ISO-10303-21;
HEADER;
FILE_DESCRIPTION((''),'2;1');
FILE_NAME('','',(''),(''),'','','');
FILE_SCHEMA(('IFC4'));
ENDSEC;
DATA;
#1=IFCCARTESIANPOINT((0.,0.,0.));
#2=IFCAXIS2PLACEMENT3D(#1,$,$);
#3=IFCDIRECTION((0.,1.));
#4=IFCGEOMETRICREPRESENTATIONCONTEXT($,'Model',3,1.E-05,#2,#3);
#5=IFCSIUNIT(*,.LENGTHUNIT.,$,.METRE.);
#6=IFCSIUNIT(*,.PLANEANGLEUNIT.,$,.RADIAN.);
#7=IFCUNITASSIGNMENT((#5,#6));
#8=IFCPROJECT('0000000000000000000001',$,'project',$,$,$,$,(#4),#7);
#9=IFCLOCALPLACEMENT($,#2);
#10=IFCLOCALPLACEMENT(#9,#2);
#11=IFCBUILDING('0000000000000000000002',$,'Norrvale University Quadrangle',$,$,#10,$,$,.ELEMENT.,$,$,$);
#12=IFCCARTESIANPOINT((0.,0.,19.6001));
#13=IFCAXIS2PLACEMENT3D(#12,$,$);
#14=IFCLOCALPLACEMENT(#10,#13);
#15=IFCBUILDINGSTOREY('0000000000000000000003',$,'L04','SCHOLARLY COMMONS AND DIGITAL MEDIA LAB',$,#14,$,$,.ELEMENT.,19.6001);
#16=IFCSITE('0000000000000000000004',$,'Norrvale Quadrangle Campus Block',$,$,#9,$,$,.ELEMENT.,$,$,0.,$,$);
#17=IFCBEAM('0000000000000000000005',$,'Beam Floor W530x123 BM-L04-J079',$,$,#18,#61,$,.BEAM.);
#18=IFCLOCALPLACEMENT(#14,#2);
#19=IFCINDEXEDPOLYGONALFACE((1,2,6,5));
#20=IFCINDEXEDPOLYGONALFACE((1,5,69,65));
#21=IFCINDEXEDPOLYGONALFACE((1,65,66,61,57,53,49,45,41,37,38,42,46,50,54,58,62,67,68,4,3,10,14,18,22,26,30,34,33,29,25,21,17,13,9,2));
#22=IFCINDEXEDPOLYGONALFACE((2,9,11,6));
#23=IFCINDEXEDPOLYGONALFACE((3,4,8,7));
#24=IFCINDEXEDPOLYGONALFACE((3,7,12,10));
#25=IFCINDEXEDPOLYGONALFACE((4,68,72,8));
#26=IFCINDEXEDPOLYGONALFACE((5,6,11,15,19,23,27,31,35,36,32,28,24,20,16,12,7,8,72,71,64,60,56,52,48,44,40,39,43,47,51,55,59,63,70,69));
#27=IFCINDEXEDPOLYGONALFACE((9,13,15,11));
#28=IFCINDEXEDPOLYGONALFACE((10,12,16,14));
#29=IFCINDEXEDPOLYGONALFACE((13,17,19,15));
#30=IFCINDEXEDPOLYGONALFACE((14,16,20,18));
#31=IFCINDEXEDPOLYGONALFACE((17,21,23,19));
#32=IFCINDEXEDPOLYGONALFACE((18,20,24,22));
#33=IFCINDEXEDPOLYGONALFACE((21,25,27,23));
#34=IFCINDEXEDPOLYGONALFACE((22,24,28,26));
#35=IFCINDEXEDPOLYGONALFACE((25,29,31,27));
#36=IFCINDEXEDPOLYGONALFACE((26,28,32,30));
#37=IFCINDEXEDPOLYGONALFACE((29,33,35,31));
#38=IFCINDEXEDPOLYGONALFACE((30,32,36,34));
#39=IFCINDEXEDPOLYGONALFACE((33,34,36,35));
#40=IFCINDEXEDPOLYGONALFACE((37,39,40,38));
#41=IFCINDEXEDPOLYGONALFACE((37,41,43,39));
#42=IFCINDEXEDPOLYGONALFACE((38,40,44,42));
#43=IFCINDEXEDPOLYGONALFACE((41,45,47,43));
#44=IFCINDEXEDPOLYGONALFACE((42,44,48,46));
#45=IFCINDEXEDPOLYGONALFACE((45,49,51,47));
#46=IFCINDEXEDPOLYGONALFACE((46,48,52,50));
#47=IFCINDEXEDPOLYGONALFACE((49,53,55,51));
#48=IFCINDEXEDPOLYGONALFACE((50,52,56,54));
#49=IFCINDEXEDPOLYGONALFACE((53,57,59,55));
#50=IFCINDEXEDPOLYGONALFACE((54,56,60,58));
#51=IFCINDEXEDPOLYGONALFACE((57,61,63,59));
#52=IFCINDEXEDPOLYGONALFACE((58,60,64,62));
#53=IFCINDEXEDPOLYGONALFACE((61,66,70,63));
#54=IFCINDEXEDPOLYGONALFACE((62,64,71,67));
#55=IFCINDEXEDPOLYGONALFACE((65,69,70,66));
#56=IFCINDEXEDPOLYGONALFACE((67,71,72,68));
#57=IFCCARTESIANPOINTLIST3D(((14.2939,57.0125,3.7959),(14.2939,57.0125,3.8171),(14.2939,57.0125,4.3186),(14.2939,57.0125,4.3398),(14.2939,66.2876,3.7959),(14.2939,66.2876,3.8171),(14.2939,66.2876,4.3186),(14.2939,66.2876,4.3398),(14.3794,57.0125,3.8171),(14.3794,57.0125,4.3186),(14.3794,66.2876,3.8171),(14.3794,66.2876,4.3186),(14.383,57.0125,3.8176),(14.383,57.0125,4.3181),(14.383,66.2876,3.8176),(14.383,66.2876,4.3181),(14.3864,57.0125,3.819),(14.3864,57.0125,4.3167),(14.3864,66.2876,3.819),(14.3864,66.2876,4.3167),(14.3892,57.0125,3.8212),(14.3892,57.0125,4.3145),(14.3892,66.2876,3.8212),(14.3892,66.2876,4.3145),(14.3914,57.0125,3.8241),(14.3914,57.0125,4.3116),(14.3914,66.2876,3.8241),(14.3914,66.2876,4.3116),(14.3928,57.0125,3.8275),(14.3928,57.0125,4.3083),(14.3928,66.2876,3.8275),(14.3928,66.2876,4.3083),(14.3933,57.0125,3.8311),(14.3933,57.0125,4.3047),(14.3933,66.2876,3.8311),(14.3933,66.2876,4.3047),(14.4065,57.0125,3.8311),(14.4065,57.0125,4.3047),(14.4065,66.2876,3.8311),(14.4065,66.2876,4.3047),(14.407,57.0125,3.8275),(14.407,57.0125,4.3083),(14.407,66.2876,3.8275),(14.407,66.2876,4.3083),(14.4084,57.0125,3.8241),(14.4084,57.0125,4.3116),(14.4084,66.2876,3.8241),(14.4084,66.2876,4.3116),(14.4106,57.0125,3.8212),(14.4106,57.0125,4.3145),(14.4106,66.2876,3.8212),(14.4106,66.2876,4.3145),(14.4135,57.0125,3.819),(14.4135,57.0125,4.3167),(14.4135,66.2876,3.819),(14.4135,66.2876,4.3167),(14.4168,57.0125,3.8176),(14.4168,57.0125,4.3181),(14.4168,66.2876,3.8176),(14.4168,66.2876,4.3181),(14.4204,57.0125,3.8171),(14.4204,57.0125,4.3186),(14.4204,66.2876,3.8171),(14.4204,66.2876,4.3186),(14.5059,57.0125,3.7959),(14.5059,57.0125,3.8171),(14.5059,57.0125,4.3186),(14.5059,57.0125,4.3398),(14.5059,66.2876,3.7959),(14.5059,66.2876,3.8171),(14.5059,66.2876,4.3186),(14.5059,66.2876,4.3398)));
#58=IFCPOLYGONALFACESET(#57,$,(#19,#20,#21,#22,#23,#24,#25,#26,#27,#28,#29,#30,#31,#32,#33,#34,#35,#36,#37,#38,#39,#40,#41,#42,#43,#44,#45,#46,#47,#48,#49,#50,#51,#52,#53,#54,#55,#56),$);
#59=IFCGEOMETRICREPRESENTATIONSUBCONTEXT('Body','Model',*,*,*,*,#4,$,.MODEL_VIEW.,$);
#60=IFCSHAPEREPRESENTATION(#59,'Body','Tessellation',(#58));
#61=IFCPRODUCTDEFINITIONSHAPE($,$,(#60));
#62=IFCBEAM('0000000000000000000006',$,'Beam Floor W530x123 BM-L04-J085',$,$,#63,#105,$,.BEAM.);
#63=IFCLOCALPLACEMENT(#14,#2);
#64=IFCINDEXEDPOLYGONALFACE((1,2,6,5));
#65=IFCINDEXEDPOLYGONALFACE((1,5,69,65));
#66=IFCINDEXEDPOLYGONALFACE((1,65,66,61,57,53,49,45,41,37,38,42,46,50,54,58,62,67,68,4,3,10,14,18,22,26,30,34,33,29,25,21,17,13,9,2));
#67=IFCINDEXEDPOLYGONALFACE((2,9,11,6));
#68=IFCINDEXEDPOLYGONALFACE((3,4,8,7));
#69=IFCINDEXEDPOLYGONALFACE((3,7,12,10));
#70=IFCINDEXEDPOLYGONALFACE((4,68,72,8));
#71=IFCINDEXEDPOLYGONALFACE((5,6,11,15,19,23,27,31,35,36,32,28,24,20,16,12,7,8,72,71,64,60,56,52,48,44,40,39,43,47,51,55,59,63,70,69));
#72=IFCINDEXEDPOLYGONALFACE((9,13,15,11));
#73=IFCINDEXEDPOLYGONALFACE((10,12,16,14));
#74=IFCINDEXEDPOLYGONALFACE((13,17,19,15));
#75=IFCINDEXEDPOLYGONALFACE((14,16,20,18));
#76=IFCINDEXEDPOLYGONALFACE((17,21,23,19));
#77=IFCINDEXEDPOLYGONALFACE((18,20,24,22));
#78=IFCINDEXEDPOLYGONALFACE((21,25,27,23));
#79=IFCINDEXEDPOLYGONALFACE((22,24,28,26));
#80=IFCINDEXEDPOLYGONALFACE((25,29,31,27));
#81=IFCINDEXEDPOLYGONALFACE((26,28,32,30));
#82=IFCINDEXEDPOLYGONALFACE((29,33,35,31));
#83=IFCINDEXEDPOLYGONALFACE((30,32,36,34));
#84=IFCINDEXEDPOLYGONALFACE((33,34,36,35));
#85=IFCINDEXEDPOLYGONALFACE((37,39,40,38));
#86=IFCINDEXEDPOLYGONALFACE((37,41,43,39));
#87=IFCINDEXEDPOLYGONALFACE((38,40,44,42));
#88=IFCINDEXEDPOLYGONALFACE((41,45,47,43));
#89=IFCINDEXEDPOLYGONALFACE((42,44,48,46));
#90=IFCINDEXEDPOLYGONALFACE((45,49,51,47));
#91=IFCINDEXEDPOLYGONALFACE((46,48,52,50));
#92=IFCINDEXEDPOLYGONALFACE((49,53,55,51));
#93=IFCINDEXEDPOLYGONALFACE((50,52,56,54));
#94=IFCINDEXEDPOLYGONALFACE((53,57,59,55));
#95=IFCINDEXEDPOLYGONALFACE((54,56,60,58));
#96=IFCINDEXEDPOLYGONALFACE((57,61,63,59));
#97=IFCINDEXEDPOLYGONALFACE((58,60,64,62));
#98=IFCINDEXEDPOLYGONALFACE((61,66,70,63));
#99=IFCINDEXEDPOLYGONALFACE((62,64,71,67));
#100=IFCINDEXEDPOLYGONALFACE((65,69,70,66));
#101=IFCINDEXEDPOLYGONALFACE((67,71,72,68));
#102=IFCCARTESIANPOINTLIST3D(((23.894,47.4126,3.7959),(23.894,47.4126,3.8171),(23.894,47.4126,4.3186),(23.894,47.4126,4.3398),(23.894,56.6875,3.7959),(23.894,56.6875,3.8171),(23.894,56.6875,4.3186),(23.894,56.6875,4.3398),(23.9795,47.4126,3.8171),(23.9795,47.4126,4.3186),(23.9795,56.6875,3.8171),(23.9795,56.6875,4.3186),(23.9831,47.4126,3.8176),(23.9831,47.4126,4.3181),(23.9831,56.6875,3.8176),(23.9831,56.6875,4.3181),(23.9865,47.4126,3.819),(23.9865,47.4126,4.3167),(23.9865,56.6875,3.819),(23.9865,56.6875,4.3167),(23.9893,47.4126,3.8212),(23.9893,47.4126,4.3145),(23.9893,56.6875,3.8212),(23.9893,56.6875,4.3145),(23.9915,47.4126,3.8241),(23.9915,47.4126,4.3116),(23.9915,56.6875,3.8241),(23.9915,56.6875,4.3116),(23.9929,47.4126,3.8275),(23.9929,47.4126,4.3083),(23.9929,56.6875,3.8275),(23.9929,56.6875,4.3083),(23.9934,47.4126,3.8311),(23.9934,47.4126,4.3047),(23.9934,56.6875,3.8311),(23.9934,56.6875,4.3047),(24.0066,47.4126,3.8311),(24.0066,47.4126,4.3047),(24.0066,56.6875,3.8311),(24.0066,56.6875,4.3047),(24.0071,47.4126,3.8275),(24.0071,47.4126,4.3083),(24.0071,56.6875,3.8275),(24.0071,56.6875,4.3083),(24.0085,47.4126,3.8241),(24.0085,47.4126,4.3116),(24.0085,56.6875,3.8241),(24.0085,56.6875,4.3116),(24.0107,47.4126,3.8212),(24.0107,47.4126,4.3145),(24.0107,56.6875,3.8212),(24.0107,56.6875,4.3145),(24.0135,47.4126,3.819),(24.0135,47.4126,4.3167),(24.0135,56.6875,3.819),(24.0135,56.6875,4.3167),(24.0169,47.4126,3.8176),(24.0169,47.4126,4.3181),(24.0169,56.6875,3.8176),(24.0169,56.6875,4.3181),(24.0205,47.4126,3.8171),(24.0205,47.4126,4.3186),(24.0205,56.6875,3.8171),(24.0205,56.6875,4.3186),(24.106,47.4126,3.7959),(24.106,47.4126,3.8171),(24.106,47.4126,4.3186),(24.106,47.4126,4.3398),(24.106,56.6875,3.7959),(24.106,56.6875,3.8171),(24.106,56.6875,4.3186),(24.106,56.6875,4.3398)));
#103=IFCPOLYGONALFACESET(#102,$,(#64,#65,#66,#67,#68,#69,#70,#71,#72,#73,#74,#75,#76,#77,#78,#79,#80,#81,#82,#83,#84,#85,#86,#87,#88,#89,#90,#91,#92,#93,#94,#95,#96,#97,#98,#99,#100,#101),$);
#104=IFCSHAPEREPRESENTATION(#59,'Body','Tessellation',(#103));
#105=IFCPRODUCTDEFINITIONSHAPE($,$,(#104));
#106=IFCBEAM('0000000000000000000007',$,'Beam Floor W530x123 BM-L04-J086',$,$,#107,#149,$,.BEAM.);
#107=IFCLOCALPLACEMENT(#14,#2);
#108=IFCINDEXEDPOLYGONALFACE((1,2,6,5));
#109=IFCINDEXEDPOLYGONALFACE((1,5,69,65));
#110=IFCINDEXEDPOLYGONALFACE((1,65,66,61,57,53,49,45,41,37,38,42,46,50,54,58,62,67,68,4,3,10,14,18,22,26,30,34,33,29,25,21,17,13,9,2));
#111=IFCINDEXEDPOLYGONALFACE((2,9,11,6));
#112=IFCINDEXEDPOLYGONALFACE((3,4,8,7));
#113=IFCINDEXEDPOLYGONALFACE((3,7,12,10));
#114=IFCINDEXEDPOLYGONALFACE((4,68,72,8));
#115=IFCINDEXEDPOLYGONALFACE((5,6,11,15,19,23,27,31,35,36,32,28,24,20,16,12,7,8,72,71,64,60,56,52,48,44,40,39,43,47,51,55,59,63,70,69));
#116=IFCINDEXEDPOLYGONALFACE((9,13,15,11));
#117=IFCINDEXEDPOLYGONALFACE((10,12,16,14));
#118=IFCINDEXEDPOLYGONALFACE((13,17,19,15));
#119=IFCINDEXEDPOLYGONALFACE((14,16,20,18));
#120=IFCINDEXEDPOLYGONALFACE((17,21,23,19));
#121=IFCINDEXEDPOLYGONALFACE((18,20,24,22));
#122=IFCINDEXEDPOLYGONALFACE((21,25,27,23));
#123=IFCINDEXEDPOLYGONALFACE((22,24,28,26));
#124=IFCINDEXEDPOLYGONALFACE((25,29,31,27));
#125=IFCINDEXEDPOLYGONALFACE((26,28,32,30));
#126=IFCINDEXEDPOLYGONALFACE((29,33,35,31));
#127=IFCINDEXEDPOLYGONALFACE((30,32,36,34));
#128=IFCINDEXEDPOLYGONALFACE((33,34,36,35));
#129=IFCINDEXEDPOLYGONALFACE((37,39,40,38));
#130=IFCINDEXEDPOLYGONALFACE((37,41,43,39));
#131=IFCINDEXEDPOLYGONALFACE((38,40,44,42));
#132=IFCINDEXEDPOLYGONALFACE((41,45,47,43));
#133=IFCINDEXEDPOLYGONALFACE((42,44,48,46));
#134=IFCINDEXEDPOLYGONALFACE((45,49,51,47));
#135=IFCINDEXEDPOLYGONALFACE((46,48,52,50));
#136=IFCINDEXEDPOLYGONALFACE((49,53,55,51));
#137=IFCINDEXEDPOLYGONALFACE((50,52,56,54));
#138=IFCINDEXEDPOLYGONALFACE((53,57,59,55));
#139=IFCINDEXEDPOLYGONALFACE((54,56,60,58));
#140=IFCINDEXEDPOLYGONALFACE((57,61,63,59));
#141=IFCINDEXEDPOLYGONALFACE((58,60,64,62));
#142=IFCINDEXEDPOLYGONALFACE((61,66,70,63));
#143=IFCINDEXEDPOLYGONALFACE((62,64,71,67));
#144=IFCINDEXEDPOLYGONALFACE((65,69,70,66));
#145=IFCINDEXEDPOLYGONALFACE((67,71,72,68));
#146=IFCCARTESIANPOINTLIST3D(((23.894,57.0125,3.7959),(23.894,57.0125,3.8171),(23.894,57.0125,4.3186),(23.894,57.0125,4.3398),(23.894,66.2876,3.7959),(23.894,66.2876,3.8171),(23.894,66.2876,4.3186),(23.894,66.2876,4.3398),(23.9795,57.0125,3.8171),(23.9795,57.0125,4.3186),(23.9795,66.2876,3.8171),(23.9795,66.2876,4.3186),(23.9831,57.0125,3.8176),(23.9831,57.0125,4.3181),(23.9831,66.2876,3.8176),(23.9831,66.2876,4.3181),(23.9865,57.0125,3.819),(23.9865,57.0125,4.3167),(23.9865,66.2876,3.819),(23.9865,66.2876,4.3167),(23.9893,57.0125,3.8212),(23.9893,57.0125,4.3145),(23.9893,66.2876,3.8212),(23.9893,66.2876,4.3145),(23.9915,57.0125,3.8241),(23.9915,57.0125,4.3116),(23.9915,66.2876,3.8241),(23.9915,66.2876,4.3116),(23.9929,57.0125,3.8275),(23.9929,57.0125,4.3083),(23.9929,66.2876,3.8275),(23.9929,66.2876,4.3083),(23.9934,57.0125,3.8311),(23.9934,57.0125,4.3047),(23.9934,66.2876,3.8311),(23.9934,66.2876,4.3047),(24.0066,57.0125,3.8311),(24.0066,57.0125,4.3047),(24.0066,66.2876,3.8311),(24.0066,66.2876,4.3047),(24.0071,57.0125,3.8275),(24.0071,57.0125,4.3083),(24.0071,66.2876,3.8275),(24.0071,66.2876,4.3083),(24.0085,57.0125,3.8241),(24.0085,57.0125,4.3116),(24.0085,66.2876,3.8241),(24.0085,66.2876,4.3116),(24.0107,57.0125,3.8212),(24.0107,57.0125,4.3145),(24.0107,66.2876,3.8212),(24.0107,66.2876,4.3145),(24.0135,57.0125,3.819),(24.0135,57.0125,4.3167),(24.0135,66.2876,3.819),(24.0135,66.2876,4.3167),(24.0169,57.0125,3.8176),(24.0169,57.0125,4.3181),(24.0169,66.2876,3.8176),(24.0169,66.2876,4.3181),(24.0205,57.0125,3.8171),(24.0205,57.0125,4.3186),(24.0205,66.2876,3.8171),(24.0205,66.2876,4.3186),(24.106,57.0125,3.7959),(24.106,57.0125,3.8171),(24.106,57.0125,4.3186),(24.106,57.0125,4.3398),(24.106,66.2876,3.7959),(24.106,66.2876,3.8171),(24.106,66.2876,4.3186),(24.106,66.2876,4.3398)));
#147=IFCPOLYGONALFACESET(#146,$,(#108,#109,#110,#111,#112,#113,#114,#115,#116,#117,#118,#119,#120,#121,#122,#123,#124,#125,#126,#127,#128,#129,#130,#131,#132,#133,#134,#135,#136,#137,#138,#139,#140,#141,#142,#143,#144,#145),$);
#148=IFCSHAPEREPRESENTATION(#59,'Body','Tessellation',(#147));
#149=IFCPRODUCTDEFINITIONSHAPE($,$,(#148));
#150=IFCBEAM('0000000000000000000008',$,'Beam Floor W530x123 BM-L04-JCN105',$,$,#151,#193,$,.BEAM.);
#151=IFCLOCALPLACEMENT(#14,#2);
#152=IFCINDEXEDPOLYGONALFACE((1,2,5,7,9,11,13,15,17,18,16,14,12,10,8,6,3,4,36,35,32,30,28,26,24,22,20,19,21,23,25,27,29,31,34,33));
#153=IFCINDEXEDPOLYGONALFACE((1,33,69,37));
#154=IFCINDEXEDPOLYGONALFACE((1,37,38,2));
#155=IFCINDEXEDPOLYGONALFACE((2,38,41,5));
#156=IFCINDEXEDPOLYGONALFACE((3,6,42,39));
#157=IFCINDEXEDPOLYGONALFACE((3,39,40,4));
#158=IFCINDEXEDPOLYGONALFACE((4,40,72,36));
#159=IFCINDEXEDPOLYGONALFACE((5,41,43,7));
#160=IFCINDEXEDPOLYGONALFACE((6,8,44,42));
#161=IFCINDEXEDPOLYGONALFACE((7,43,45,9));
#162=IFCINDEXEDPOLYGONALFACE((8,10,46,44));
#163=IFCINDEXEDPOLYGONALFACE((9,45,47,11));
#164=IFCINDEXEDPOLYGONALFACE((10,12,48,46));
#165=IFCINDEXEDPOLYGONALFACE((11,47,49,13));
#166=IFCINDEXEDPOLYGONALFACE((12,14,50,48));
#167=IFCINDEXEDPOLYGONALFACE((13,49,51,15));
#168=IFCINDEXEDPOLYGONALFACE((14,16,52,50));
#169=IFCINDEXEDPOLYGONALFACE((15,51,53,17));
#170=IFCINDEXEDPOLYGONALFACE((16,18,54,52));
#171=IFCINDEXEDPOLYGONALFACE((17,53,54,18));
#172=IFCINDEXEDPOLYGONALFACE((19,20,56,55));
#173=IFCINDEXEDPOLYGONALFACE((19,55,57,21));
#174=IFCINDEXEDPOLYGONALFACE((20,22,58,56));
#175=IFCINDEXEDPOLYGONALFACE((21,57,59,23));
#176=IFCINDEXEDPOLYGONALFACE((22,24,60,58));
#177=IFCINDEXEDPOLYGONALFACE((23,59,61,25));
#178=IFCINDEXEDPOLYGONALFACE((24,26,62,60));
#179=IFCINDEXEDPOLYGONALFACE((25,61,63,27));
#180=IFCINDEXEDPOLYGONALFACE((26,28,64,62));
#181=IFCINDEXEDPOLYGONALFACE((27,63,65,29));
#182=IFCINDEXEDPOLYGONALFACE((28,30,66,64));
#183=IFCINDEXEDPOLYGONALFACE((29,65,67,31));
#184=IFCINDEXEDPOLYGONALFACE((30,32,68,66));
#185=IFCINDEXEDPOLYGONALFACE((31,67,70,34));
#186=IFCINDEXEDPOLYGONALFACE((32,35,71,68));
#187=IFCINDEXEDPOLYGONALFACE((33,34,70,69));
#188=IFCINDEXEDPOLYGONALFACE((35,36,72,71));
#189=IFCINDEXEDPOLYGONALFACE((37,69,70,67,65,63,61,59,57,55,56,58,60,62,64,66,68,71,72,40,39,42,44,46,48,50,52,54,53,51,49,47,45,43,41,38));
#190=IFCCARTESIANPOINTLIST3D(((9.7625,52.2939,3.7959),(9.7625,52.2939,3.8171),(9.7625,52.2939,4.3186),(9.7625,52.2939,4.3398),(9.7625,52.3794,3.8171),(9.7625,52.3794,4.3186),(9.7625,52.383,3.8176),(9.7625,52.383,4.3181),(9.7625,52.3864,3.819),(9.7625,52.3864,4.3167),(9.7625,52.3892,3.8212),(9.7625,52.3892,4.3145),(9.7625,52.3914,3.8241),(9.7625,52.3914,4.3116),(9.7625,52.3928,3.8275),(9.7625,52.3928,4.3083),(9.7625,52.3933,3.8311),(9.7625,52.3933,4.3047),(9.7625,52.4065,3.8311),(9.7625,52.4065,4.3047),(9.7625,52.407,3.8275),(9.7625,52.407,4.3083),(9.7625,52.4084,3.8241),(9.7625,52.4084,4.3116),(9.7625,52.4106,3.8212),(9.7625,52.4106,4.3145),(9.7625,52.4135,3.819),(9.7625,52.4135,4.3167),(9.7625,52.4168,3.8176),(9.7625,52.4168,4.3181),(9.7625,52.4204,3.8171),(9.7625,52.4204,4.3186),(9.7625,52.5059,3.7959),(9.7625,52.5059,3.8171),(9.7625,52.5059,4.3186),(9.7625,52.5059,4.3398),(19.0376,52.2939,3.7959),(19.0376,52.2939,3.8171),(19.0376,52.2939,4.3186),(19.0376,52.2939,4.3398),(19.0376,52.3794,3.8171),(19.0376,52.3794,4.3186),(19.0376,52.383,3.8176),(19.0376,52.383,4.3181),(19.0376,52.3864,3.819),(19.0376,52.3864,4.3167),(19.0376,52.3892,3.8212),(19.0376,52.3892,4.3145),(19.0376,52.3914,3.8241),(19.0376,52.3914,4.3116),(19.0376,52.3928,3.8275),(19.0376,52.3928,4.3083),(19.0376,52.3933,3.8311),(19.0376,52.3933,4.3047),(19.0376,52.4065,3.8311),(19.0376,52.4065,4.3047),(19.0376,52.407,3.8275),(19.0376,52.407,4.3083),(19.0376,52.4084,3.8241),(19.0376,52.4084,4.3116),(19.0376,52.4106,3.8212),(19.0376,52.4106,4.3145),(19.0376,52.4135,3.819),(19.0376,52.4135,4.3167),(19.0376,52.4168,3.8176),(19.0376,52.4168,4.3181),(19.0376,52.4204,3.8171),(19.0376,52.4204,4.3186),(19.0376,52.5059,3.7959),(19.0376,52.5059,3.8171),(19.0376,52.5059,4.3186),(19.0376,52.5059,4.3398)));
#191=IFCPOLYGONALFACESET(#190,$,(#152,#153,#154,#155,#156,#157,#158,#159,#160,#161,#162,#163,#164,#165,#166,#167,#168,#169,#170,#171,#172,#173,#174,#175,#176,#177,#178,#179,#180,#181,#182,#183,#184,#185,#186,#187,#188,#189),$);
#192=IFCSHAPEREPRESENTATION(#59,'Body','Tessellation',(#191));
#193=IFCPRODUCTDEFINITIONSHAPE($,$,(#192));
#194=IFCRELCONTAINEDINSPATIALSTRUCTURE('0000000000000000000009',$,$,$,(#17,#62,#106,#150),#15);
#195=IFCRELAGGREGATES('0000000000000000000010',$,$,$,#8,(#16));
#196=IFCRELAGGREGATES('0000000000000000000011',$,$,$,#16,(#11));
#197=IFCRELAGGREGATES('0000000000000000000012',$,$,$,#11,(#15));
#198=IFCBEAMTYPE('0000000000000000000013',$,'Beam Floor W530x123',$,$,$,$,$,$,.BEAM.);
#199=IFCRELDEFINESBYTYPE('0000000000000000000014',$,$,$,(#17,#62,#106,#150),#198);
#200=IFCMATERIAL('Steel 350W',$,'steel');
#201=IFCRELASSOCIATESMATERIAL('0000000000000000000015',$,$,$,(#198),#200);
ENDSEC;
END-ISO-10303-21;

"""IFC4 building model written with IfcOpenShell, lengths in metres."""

from ifc_helpers import new_model, si_unit, direction, frame, origin, origin_2d, place, context, subcontext, project, spatial, i_section, extrude, material, material_profile, profile_set, type_object, element, save


model = new_model("IFC4")

# Units and contexts
model_context = context("Model", 3, precision=1e-05, world=origin(), true_north=direction((0.0, 1.0)))
body_context = subcontext(model_context, "Body", "Model", "MODEL_VIEW")
ifc_project = project(units=[si_unit("LENGTHUNIT", "METRE"), si_unit("PLANEANGLEUNIT", "RADIAN")], contexts=[model_context])

# Site, building, storey
site_placement = place(None, origin())
site = spatial("IfcSite", under=ifc_project, at=site_placement, Name="Norrvale Quadrangle Campus Block", CompositionType="ELEMENT", RefElevation=0.0)
building_placement = place(site_placement, origin())
building = spatial("IfcBuilding", under=site, at=building_placement, Name="Norrvale University Quadrangle", CompositionType="ELEMENT")
storey_placement = place(building_placement, frame((0.0, 0.0, 19.6001)))
storey = spatial("IfcBuildingStorey", under=building, at=storey_placement, Name="L04", Description="SCHOLARLY COMMONS AND DIGITAL MEDIA LAB", CompositionType="ELEMENT", Elevation=19.6001)

# Beams
ifc_material_1 = material(Name="Steel 350W", Category="steel")
ifc_material_profile_1 = material_profile(ifc_material_1, i_section(OverallWidth=0.2119, OverallDepth=0.5439, WebThickness=0.0132, FlangeThickness=0.0212, FilletRadius=0.0139, at=origin_2d()), Name="Steel 350W")
ifc_profile_set_1 = profile_set([ifc_material_profile_1], Name="Steel 350W")
beam_type_1 = type_object("IfcBeamType", Name="Beam Floor W530x123", PredefinedType="BEAM", material=ifc_profile_set_1)
beam_1_placement = place(storey_placement, frame((14.3999, 57.0125, 4.0679), z_axis=(0.0, 1.0, 0.0), x_axis=(-1.0, 0.0, 0.0)))
element("IfcBeam", 1, at=beam_1_placement, inside=storey, type_object=beam_type_1, Name="Beam Floor W530x123 BM-L04-J079", PredefinedType="BEAM", context=body_context, shape_type="SweptSolid", body=[
    extrude(i_section(OverallWidth=0.2119, OverallDepth=0.5439, WebThickness=0.0132, FlangeThickness=0.0212, FilletRadius=0.0139, at=origin_2d()), origin(), (0.0, 0.0, 1.0), 9.2751),
])
beam_2_placement = place(storey_placement, frame((24.0, 47.4126, 4.0679), z_axis=(0.0, 1.0, 0.0), x_axis=(-1.0, 0.0, 0.0)))
element("IfcBeam", 2, at=beam_2_placement, inside=storey, type_object=beam_type_1, Name="Beam Floor W530x123 BM-L04-J085", PredefinedType="BEAM", context=body_context, shape_type="SweptSolid", body=[
    extrude(i_section(OverallWidth=0.2119, OverallDepth=0.5439, WebThickness=0.0132, FlangeThickness=0.0212, FilletRadius=0.0139, at=origin_2d()), origin(), (0.0, 0.0, 1.0), 9.2749),
])
for number, where, z_axis, x_axis, name in (
    (3, (24.0, 57.0125, 4.0679), (0.0, 1.0, 0.0), (-1.0, 0.0, 0.0), "Beam Floor W530x123 BM-L04-J086"),
    (4, (9.7625, 52.3999, 4.0679), (1.0, 0.0, 0.0), (0.0, 1.0, 0.0), "Beam Floor W530x123 BM-L04-JCN105"),
):
    element("IfcBeam", number, at=place(storey_placement, frame(where, z_axis=z_axis, x_axis=x_axis)), inside=storey, type_object=beam_type_1, Name=name, PredefinedType="BEAM", context=body_context, shape_type="SweptSolid", body=[
        extrude(i_section(OverallWidth=0.2119, OverallDepth=0.5439, WebThickness=0.0132, FlangeThickness=0.0212, FilletRadius=0.0139, at=origin_2d()), origin(), (0.0, 0.0, 1.0), 9.2751),
    ])

save(model, "model.ifc")
